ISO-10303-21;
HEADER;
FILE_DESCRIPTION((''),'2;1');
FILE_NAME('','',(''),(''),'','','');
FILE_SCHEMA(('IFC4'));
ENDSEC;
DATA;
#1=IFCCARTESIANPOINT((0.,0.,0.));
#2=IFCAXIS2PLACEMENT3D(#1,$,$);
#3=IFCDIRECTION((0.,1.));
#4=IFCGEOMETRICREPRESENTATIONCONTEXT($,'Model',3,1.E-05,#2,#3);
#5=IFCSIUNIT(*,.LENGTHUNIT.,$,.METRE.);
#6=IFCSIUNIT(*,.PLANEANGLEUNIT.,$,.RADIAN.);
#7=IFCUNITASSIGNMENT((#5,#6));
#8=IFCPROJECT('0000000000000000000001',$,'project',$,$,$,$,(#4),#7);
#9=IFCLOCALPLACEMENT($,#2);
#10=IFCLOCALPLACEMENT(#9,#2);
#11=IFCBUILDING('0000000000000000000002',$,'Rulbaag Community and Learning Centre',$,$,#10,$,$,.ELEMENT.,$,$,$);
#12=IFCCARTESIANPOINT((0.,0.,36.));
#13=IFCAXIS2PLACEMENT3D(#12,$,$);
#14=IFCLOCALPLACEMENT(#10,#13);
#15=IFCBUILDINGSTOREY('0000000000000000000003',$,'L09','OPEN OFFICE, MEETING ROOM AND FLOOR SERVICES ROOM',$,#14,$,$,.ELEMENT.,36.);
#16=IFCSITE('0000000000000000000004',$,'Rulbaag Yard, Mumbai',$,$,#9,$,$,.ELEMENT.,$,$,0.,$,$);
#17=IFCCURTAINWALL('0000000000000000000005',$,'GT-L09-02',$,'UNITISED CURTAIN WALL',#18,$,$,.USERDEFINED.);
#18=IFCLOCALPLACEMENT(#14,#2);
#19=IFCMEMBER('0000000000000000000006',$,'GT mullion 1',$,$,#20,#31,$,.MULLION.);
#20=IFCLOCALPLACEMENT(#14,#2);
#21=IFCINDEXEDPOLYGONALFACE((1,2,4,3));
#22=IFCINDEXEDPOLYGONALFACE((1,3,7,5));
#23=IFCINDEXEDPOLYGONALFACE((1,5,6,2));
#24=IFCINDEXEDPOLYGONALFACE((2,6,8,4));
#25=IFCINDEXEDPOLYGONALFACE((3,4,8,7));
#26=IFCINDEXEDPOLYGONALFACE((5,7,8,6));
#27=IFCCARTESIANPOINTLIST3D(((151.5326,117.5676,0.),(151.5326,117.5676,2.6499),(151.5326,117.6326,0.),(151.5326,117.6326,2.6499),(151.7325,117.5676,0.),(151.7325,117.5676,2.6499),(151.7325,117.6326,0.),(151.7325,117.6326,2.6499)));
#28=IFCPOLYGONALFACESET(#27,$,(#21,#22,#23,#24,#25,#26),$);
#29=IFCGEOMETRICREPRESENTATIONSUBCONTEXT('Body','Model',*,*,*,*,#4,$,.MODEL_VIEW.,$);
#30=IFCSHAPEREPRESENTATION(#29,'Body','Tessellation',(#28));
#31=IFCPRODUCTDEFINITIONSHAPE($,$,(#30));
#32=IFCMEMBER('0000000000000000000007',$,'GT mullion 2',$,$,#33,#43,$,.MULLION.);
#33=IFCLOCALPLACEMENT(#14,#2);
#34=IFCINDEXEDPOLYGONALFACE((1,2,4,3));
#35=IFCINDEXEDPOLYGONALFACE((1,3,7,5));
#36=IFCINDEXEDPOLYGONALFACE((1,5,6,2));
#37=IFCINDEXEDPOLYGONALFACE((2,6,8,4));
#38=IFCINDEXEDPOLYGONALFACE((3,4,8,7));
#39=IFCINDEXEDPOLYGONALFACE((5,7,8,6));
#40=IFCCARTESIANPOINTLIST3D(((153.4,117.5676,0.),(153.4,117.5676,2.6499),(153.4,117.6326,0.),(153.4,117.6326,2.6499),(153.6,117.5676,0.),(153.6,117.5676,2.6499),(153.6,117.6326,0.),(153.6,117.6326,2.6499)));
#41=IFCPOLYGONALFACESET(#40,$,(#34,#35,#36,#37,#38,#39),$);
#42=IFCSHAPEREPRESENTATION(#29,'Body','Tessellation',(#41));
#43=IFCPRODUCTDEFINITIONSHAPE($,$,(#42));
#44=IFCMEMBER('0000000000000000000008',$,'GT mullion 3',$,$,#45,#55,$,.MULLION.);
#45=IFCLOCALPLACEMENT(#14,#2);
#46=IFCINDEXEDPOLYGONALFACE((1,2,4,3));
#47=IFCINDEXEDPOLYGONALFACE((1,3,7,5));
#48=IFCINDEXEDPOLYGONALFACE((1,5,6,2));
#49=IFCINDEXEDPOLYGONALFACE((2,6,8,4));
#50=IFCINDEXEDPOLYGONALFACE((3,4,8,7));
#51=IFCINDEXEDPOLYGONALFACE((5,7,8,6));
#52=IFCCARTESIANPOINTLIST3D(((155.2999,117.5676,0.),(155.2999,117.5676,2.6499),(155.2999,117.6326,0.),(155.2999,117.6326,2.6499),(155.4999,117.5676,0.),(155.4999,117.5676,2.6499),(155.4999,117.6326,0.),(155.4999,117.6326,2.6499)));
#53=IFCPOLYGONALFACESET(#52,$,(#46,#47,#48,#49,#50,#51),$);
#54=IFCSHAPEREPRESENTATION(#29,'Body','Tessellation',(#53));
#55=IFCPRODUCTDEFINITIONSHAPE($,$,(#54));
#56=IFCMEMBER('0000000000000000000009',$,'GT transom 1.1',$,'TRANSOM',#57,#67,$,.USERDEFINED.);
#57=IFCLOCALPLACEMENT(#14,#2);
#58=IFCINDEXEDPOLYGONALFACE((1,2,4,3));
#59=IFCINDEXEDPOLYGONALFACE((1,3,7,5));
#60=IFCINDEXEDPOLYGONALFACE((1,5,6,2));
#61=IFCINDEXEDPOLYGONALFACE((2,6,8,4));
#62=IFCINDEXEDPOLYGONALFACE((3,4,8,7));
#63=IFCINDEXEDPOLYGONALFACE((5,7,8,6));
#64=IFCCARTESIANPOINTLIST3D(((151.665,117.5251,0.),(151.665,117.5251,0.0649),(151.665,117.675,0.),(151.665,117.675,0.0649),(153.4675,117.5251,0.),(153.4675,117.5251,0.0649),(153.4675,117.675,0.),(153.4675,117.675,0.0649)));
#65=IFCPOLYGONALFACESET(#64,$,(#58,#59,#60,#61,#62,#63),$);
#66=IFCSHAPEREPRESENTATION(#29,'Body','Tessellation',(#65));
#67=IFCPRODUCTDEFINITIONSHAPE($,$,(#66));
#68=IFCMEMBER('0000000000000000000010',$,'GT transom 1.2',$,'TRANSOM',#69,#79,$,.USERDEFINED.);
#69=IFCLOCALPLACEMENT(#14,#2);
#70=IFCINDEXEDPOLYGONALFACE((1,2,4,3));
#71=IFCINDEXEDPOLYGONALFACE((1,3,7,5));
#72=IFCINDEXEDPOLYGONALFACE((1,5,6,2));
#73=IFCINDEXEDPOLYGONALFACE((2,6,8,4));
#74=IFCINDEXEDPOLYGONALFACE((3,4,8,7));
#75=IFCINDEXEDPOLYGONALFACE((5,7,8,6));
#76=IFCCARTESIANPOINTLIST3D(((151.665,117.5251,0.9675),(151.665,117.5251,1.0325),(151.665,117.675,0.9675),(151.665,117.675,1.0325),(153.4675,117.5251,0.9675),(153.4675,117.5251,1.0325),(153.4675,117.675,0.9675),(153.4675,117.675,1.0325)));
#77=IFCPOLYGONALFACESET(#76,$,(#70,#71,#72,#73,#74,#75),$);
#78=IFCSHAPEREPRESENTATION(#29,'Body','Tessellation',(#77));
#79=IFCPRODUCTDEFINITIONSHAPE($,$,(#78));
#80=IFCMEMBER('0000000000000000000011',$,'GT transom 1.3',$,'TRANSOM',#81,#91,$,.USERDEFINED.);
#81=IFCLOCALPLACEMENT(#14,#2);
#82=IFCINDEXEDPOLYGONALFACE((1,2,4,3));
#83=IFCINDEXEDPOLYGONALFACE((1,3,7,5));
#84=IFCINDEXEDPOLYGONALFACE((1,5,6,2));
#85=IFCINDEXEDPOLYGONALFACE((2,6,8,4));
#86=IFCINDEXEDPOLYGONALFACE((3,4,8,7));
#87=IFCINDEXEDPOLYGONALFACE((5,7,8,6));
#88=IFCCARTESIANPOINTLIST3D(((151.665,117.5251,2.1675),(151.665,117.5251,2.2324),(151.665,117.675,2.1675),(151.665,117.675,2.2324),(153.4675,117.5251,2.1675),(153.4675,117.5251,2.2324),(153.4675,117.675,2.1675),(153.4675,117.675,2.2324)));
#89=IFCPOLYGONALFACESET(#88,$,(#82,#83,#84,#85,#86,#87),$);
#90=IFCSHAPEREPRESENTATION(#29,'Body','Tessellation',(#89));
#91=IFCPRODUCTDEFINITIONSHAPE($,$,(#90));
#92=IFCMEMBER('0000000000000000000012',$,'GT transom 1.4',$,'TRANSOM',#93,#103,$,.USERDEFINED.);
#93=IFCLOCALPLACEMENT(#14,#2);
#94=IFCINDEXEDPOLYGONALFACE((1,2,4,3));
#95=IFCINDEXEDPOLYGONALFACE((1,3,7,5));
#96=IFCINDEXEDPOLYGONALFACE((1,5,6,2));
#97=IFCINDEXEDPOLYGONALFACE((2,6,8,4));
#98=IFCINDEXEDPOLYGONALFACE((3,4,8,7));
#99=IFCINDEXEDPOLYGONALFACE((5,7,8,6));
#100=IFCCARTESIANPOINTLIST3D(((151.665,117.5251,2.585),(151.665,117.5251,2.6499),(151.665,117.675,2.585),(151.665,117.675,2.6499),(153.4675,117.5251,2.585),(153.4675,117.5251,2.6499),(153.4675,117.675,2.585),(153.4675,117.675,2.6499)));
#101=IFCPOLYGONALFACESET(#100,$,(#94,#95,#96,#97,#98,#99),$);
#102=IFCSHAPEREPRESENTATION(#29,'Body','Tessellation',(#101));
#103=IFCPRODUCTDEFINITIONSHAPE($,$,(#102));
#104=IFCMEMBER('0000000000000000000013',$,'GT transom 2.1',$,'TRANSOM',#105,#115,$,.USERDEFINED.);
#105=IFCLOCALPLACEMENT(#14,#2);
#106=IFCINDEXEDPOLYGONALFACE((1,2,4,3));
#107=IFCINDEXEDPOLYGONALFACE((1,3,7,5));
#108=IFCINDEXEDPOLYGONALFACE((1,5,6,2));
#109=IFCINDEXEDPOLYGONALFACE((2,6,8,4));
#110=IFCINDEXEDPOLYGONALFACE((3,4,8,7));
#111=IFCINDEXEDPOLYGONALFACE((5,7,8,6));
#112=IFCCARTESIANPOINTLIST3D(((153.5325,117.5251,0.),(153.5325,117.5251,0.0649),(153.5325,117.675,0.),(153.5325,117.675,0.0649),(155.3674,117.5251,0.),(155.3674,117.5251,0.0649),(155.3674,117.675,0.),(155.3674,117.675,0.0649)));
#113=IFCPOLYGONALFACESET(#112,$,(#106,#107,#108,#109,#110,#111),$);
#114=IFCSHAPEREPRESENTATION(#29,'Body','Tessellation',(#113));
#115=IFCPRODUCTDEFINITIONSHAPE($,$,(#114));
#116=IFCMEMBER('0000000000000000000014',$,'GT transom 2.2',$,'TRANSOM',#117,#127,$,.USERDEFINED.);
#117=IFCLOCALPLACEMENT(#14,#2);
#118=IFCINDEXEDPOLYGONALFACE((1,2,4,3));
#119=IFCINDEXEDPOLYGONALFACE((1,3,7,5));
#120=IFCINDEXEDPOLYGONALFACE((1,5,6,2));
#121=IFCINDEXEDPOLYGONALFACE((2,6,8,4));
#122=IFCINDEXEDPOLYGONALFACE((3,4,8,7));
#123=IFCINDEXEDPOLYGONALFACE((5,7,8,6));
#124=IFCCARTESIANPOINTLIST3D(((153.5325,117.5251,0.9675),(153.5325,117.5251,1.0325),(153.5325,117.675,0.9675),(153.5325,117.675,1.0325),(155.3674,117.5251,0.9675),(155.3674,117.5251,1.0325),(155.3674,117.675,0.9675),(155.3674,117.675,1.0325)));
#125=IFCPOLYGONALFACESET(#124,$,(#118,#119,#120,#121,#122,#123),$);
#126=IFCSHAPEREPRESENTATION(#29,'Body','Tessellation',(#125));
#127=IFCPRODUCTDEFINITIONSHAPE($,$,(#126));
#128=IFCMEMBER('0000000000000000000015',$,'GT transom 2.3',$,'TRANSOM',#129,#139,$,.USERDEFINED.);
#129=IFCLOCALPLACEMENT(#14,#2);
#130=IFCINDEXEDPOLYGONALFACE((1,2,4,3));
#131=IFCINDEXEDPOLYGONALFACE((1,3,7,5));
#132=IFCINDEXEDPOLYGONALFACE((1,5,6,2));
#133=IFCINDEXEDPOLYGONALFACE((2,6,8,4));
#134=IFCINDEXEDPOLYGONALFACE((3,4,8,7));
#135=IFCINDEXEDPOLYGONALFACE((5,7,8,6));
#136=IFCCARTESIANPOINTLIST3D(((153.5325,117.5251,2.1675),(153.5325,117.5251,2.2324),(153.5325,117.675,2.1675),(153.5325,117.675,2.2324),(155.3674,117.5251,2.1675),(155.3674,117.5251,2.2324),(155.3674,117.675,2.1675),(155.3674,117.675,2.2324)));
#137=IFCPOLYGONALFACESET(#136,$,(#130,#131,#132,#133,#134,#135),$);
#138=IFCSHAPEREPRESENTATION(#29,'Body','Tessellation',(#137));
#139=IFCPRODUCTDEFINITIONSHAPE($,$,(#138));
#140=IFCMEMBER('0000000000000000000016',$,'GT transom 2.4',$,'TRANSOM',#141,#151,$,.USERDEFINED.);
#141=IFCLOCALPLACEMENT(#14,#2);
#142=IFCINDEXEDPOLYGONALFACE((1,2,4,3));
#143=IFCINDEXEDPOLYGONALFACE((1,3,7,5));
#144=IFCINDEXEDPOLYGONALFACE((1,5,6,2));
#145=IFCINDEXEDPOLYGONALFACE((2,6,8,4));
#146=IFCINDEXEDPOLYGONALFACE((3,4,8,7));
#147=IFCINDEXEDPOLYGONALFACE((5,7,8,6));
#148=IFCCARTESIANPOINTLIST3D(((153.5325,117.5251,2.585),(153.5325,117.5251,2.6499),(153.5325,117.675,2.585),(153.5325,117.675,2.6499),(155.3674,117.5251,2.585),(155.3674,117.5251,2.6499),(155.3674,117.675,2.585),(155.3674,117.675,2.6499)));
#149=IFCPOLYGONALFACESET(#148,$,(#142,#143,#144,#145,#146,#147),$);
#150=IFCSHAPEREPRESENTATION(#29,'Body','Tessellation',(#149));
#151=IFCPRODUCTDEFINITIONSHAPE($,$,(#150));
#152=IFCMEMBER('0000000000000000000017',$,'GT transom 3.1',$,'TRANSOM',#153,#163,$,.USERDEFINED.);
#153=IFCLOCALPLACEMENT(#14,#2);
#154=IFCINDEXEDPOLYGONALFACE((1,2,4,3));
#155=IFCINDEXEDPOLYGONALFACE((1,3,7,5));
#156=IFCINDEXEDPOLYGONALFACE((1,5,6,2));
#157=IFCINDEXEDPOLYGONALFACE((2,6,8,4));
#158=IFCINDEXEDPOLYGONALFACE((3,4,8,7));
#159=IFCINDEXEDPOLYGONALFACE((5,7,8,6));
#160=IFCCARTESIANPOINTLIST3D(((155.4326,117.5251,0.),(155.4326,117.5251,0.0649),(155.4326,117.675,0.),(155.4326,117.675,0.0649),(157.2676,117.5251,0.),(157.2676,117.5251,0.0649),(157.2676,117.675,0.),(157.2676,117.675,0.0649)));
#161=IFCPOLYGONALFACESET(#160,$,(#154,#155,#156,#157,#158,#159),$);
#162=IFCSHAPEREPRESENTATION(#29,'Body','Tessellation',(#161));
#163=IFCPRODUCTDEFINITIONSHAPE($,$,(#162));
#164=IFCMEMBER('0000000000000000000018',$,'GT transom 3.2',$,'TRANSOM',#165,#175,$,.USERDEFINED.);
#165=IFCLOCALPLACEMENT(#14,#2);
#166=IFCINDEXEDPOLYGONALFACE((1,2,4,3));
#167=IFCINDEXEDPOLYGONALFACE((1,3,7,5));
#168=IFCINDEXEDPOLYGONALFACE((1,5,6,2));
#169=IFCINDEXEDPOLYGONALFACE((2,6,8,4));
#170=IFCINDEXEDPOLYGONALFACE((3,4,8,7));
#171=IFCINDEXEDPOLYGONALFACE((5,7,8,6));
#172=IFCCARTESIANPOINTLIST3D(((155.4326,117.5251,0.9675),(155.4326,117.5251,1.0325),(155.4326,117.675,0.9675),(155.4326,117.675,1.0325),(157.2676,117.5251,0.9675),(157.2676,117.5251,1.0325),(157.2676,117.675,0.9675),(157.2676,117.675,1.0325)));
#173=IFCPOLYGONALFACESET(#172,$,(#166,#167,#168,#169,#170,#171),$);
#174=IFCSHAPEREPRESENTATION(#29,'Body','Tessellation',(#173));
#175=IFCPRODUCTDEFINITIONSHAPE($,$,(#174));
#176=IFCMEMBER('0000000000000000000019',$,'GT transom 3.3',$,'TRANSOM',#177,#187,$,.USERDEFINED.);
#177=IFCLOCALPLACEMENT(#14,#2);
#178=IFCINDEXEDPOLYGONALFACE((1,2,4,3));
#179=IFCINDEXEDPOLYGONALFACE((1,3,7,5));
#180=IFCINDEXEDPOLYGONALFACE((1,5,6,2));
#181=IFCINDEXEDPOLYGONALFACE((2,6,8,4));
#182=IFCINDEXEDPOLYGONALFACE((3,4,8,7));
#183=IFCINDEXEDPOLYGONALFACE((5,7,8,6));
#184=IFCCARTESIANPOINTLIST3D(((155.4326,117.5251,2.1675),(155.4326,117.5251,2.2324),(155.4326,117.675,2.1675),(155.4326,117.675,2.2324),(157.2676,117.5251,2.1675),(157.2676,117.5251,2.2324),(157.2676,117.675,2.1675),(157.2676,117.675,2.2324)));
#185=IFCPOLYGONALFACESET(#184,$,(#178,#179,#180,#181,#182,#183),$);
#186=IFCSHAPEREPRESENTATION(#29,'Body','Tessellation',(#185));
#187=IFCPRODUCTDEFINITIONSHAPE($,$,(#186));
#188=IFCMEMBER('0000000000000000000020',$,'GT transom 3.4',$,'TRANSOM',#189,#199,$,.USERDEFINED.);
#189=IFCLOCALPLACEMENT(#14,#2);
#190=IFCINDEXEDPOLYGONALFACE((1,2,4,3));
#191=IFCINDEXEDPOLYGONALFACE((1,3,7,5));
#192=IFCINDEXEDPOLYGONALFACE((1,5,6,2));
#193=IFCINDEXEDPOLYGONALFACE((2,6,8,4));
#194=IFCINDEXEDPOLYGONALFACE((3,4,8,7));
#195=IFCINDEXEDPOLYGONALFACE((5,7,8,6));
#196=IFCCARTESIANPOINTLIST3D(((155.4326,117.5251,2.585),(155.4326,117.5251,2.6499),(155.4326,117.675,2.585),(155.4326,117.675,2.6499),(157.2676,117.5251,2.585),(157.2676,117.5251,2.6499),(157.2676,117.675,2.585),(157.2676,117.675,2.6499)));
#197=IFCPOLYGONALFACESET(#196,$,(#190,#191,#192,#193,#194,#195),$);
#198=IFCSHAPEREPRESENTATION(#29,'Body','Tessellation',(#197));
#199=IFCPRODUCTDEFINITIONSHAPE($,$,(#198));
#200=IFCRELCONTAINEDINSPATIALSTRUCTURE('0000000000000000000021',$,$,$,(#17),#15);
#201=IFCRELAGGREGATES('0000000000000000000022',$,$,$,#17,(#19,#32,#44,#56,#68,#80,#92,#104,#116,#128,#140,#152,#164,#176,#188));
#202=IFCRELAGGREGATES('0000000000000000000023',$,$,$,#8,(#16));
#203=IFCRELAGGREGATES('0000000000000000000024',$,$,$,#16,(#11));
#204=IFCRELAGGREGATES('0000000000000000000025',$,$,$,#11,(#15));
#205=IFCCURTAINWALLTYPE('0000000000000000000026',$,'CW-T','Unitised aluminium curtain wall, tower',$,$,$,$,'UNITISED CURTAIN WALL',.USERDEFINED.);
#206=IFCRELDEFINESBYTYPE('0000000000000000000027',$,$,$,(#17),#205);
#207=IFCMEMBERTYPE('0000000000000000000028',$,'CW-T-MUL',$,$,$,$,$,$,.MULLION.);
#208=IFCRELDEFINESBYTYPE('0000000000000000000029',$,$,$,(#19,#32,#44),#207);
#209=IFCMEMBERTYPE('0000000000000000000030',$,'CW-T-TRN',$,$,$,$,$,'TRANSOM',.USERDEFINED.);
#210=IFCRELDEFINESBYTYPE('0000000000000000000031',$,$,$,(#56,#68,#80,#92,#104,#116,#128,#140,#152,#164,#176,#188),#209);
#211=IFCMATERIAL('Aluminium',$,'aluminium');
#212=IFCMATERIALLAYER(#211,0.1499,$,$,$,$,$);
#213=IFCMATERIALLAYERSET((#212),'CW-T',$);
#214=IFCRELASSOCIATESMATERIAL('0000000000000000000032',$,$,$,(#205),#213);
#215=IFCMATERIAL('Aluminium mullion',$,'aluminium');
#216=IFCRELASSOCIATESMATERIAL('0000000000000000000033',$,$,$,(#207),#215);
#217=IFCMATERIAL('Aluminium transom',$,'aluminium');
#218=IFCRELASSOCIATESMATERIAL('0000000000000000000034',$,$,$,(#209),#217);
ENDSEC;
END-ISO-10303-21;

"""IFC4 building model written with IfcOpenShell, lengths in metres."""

from ifc_helpers import new_model, si_unit, direction, frame, origin, origin_2d, place, context, subcontext, project, spatial, rectangle, extrude, material, layer, layer_set, material_profile, profile_set, type_object, element, aggregate, save


model = new_model("IFC4")

# Units and contexts
model_context = context("Model", 3, precision=1e-05, world=origin(), true_north=direction((0.0, 1.0)))
body_context = subcontext(model_context, "Body", "Model", "MODEL_VIEW")
ifc_project = project(units=[si_unit("LENGTHUNIT", "METRE"), si_unit("PLANEANGLEUNIT", "RADIAN")], contexts=[model_context])

# Site, building, storey
site_placement = place(None, origin())
site = spatial("IfcSite", under=ifc_project, at=site_placement, Name="Rulbaag Yard, Mumbai", CompositionType="ELEMENT", RefElevation=0.0)
building_placement = place(site_placement, origin())
building = spatial("IfcBuilding", under=site, at=building_placement, Name="Rulbaag Community and Learning Centre", CompositionType="ELEMENT")
storey_placement = place(building_placement, frame((0.0, 0.0, 36.0)))
storey = spatial("IfcBuildingStorey", under=building, at=storey_placement, Name="L09", Description="OPEN OFFICE, MEETING ROOM AND FLOOR SERVICES ROOM", CompositionType="ELEMENT", Elevation=36.0)

# Curtain wall, members
ifc_material_1 = material(Name="Aluminium", Category="aluminium")
ifc_layer_1 = layer(ifc_material_1, 0.1499)
ifc_layer_set_1 = layer_set([ifc_layer_1], Name="CW-T")
curtain_wall_type = type_object("IfcCurtainWallType", Name="CW-T", Description="Unitised aluminium curtain wall, tower", ElementType="UNITISED CURTAIN WALL", PredefinedType="USERDEFINED", material=ifc_layer_set_1)
curtain_wall_placement = place(storey_placement, origin())
curtain_wall = element("IfcCurtainWall", 1, at=curtain_wall_placement, inside=storey, type_object=curtain_wall_type, Name="GT-L09-02", ObjectType="UNITISED CURTAIN WALL", PredefinedType="USERDEFINED")
ifc_material_2 = material(Name="Aluminium mullion", Category="aluminium")
ifc_material_profile_1 = material_profile(ifc_material_2, rectangle(XDim=0.0649, YDim=0.2, at=origin_2d()), Name="AL 65x200")
ifc_profile_set_1 = profile_set([ifc_material_profile_1], Name="Aluminium mullion")
member_type_1 = type_object("IfcMemberType", Name="CW-T-MUL", PredefinedType="MULLION", material=ifc_profile_set_1)
member_1_placement = place(storey_placement, frame((151.6326, 117.6001, 0.0), z_axis=(0.0, 0.0, 1.0), x_axis=(0.0, 1.0, 0.0)))
member_1 = element("IfcMember", 2, at=member_1_placement, type_object=member_type_1, Name="GT mullion 1", PredefinedType="MULLION", context=body_context, shape_type="SweptSolid", body=[
    extrude(rectangle(XDim=0.0649, YDim=0.2, at=origin_2d()), origin(), (0.0, 0.0, 1.0), 2.6499),
])
member_2_placement = place(storey_placement, frame((153.5, 117.6001, 0.0), z_axis=(0.0, 0.0, 1.0), x_axis=(0.0, 1.0, 0.0)))
member_2 = element("IfcMember", 3, at=member_2_placement, type_object=member_type_1, Name="GT mullion 2", PredefinedType="MULLION", context=body_context, shape_type="SweptSolid", body=[
    extrude(rectangle(XDim=0.0649, YDim=0.2, at=origin_2d()), origin(), (0.0, 0.0, 1.0), 2.6499),
])
member_3_placement = place(storey_placement, frame((155.3999, 117.6001, 0.0), z_axis=(0.0, 0.0, 1.0), x_axis=(0.0, 1.0, 0.0)))
member_3 = element("IfcMember", 4, at=member_3_placement, type_object=member_type_1, Name="GT mullion 3", PredefinedType="MULLION", context=body_context, shape_type="SweptSolid", body=[
    extrude(rectangle(XDim=0.0649, YDim=0.2, at=origin_2d()), origin(), (0.0, 0.0, 1.0), 2.6499),
])
ifc_material_3 = material(Name="Aluminium transom", Category="aluminium")
ifc_material_profile_2 = material_profile(ifc_material_3, rectangle(XDim=0.1499, YDim=0.0649, at=origin_2d()), Name="AL 65x150 T")
ifc_profile_set_2 = profile_set([ifc_material_profile_2], Name="Aluminium transom")
member_type_2 = type_object("IfcMemberType", Name="CW-T-TRN", ElementType="TRANSOM", PredefinedType="USERDEFINED", material=ifc_profile_set_2)
member_4_placement = place(storey_placement, frame((151.665, 117.6001, 0.0325), z_axis=(1.0, 0.0, 0.0), x_axis=(0.0, 1.0, 0.0)))
member_4 = element("IfcMember", 5, at=member_4_placement, type_object=member_type_2, Name="GT transom 1.1", ObjectType="TRANSOM", PredefinedType="USERDEFINED", context=body_context, shape_type="SweptSolid", body=[
    extrude(rectangle(XDim=0.1499, YDim=0.0649, at=origin_2d()), origin(), (0.0, 0.0, 1.0), 1.8025),
])
member_5_placement = place(storey_placement, frame((151.665, 117.6001, 1.0), z_axis=(1.0, 0.0, 0.0), x_axis=(0.0, 1.0, 0.0)))
member_5 = element("IfcMember", 6, at=member_5_placement, type_object=member_type_2, Name="GT transom 1.2", ObjectType="TRANSOM", PredefinedType="USERDEFINED", context=body_context, shape_type="SweptSolid", body=[
    extrude(rectangle(XDim=0.1499, YDim=0.0649, at=origin_2d()), origin(), (0.0, 0.0, 1.0), 1.8025),
])
member_6_placement = place(storey_placement, frame((151.665, 117.6001, 2.2), z_axis=(1.0, 0.0, 0.0), x_axis=(0.0, 1.0, 0.0)))
member_6 = element("IfcMember", 7, at=member_6_placement, type_object=member_type_2, Name="GT transom 1.3", ObjectType="TRANSOM", PredefinedType="USERDEFINED", context=body_context, shape_type="SweptSolid", body=[
    extrude(rectangle(XDim=0.1499, YDim=0.0649, at=origin_2d()), origin(), (0.0, 0.0, 1.0), 1.8025),
])
member_7_placement = place(storey_placement, frame((151.665, 117.6001, 2.6174), z_axis=(1.0, 0.0, 0.0), x_axis=(0.0, 1.0, 0.0)))
member_7 = element("IfcMember", 8, at=member_7_placement, type_object=member_type_2, Name="GT transom 1.4", ObjectType="TRANSOM", PredefinedType="USERDEFINED", context=body_context, shape_type="SweptSolid", body=[
    extrude(rectangle(XDim=0.1499, YDim=0.0649, at=origin_2d()), origin(), (0.0, 0.0, 1.0), 1.8025),
])
member_8_placement = place(storey_placement, frame((153.5325, 117.6001, 0.0325), z_axis=(1.0, 0.0, 0.0), x_axis=(0.0, 1.0, 0.0)))
member_8 = element("IfcMember", 9, at=member_8_placement, type_object=member_type_2, Name="GT transom 2.1", ObjectType="TRANSOM", PredefinedType="USERDEFINED", context=body_context, shape_type="SweptSolid", body=[
    extrude(rectangle(XDim=0.1499, YDim=0.0649, at=origin_2d()), origin(), (0.0, 0.0, 1.0), 1.835),
])
member_9_placement = place(storey_placement, frame((153.5325, 117.6001, 1.0), z_axis=(1.0, 0.0, 0.0), x_axis=(0.0, 1.0, 0.0)))
member_9 = element("IfcMember", 10, at=member_9_placement, type_object=member_type_2, Name="GT transom 2.2", ObjectType="TRANSOM", PredefinedType="USERDEFINED", context=body_context, shape_type="SweptSolid", body=[
    extrude(rectangle(XDim=0.1499, YDim=0.0649, at=origin_2d()), origin(), (0.0, 0.0, 1.0), 1.835),
])
member_10_placement = place(storey_placement, frame((153.5325, 117.6001, 2.2), z_axis=(1.0, 0.0, 0.0), x_axis=(0.0, 1.0, 0.0)))
member_10 = element("IfcMember", 11, at=member_10_placement, type_object=member_type_2, Name="GT transom 2.3", ObjectType="TRANSOM", PredefinedType="USERDEFINED", context=body_context, shape_type="SweptSolid", body=[
    extrude(rectangle(XDim=0.1499, YDim=0.0649, at=origin_2d()), origin(), (0.0, 0.0, 1.0), 1.835),
])
member_11_placement = place(storey_placement, frame((153.5325, 117.6001, 2.6174), z_axis=(1.0, 0.0, 0.0), x_axis=(0.0, 1.0, 0.0)))
member_11 = element("IfcMember", 12, at=member_11_placement, type_object=member_type_2, Name="GT transom 2.4", ObjectType="TRANSOM", PredefinedType="USERDEFINED", context=body_context, shape_type="SweptSolid", body=[
    extrude(rectangle(XDim=0.1499, YDim=0.0649, at=origin_2d()), origin(), (0.0, 0.0, 1.0), 1.835),
])
member_12_placement = place(storey_placement, frame((155.4326, 117.6001, 0.0325), z_axis=(1.0, 0.0, 0.0), x_axis=(0.0, 1.0, 0.0)))
member_12 = element("IfcMember", 13, at=member_12_placement, type_object=member_type_2, Name="GT transom 3.1", ObjectType="TRANSOM", PredefinedType="USERDEFINED", context=body_context, shape_type="SweptSolid", body=[
    extrude(rectangle(XDim=0.1499, YDim=0.0649, at=origin_2d()), origin(), (0.0, 0.0, 1.0), 1.835),
])
member_13_placement = place(storey_placement, frame((155.4326, 117.6001, 1.0), z_axis=(1.0, 0.0, 0.0), x_axis=(0.0, 1.0, 0.0)))
member_13 = element("IfcMember", 14, at=member_13_placement, type_object=member_type_2, Name="GT transom 3.2", ObjectType="TRANSOM", PredefinedType="USERDEFINED", context=body_context, shape_type="SweptSolid", body=[
    extrude(rectangle(XDim=0.1499, YDim=0.0649, at=origin_2d()), origin(), (0.0, 0.0, 1.0), 1.835),
])
member_14_placement = place(storey_placement, frame((155.4326, 117.6001, 2.2), z_axis=(1.0, 0.0, 0.0), x_axis=(0.0, 1.0, 0.0)))
member_14 = element("IfcMember", 15, at=member_14_placement, type_object=member_type_2, Name="GT transom 3.3", ObjectType="TRANSOM", PredefinedType="USERDEFINED", context=body_context, shape_type="SweptSolid", body=[
    extrude(rectangle(XDim=0.1499, YDim=0.0649, at=origin_2d()), origin(), (0.0, 0.0, 1.0), 1.835),
])
member_15_placement = place(storey_placement, frame((155.4326, 117.6001, 2.6174), z_axis=(1.0, 0.0, 0.0), x_axis=(0.0, 1.0, 0.0)))
member_15 = element("IfcMember", 16, at=member_15_placement, type_object=member_type_2, Name="GT transom 3.4", ObjectType="TRANSOM", PredefinedType="USERDEFINED", context=body_context, shape_type="SweptSolid", body=[
    extrude(rectangle(XDim=0.1499, YDim=0.0649, at=origin_2d()), origin(), (0.0, 0.0, 1.0), 1.835),
])
aggregate(curtain_wall, [member_1, member_2, member_3, member_4, member_5, member_6, member_7, member_8, member_9, member_10, member_11, member_12, member_13, member_14, member_15])

save(model, "model.ifc")
